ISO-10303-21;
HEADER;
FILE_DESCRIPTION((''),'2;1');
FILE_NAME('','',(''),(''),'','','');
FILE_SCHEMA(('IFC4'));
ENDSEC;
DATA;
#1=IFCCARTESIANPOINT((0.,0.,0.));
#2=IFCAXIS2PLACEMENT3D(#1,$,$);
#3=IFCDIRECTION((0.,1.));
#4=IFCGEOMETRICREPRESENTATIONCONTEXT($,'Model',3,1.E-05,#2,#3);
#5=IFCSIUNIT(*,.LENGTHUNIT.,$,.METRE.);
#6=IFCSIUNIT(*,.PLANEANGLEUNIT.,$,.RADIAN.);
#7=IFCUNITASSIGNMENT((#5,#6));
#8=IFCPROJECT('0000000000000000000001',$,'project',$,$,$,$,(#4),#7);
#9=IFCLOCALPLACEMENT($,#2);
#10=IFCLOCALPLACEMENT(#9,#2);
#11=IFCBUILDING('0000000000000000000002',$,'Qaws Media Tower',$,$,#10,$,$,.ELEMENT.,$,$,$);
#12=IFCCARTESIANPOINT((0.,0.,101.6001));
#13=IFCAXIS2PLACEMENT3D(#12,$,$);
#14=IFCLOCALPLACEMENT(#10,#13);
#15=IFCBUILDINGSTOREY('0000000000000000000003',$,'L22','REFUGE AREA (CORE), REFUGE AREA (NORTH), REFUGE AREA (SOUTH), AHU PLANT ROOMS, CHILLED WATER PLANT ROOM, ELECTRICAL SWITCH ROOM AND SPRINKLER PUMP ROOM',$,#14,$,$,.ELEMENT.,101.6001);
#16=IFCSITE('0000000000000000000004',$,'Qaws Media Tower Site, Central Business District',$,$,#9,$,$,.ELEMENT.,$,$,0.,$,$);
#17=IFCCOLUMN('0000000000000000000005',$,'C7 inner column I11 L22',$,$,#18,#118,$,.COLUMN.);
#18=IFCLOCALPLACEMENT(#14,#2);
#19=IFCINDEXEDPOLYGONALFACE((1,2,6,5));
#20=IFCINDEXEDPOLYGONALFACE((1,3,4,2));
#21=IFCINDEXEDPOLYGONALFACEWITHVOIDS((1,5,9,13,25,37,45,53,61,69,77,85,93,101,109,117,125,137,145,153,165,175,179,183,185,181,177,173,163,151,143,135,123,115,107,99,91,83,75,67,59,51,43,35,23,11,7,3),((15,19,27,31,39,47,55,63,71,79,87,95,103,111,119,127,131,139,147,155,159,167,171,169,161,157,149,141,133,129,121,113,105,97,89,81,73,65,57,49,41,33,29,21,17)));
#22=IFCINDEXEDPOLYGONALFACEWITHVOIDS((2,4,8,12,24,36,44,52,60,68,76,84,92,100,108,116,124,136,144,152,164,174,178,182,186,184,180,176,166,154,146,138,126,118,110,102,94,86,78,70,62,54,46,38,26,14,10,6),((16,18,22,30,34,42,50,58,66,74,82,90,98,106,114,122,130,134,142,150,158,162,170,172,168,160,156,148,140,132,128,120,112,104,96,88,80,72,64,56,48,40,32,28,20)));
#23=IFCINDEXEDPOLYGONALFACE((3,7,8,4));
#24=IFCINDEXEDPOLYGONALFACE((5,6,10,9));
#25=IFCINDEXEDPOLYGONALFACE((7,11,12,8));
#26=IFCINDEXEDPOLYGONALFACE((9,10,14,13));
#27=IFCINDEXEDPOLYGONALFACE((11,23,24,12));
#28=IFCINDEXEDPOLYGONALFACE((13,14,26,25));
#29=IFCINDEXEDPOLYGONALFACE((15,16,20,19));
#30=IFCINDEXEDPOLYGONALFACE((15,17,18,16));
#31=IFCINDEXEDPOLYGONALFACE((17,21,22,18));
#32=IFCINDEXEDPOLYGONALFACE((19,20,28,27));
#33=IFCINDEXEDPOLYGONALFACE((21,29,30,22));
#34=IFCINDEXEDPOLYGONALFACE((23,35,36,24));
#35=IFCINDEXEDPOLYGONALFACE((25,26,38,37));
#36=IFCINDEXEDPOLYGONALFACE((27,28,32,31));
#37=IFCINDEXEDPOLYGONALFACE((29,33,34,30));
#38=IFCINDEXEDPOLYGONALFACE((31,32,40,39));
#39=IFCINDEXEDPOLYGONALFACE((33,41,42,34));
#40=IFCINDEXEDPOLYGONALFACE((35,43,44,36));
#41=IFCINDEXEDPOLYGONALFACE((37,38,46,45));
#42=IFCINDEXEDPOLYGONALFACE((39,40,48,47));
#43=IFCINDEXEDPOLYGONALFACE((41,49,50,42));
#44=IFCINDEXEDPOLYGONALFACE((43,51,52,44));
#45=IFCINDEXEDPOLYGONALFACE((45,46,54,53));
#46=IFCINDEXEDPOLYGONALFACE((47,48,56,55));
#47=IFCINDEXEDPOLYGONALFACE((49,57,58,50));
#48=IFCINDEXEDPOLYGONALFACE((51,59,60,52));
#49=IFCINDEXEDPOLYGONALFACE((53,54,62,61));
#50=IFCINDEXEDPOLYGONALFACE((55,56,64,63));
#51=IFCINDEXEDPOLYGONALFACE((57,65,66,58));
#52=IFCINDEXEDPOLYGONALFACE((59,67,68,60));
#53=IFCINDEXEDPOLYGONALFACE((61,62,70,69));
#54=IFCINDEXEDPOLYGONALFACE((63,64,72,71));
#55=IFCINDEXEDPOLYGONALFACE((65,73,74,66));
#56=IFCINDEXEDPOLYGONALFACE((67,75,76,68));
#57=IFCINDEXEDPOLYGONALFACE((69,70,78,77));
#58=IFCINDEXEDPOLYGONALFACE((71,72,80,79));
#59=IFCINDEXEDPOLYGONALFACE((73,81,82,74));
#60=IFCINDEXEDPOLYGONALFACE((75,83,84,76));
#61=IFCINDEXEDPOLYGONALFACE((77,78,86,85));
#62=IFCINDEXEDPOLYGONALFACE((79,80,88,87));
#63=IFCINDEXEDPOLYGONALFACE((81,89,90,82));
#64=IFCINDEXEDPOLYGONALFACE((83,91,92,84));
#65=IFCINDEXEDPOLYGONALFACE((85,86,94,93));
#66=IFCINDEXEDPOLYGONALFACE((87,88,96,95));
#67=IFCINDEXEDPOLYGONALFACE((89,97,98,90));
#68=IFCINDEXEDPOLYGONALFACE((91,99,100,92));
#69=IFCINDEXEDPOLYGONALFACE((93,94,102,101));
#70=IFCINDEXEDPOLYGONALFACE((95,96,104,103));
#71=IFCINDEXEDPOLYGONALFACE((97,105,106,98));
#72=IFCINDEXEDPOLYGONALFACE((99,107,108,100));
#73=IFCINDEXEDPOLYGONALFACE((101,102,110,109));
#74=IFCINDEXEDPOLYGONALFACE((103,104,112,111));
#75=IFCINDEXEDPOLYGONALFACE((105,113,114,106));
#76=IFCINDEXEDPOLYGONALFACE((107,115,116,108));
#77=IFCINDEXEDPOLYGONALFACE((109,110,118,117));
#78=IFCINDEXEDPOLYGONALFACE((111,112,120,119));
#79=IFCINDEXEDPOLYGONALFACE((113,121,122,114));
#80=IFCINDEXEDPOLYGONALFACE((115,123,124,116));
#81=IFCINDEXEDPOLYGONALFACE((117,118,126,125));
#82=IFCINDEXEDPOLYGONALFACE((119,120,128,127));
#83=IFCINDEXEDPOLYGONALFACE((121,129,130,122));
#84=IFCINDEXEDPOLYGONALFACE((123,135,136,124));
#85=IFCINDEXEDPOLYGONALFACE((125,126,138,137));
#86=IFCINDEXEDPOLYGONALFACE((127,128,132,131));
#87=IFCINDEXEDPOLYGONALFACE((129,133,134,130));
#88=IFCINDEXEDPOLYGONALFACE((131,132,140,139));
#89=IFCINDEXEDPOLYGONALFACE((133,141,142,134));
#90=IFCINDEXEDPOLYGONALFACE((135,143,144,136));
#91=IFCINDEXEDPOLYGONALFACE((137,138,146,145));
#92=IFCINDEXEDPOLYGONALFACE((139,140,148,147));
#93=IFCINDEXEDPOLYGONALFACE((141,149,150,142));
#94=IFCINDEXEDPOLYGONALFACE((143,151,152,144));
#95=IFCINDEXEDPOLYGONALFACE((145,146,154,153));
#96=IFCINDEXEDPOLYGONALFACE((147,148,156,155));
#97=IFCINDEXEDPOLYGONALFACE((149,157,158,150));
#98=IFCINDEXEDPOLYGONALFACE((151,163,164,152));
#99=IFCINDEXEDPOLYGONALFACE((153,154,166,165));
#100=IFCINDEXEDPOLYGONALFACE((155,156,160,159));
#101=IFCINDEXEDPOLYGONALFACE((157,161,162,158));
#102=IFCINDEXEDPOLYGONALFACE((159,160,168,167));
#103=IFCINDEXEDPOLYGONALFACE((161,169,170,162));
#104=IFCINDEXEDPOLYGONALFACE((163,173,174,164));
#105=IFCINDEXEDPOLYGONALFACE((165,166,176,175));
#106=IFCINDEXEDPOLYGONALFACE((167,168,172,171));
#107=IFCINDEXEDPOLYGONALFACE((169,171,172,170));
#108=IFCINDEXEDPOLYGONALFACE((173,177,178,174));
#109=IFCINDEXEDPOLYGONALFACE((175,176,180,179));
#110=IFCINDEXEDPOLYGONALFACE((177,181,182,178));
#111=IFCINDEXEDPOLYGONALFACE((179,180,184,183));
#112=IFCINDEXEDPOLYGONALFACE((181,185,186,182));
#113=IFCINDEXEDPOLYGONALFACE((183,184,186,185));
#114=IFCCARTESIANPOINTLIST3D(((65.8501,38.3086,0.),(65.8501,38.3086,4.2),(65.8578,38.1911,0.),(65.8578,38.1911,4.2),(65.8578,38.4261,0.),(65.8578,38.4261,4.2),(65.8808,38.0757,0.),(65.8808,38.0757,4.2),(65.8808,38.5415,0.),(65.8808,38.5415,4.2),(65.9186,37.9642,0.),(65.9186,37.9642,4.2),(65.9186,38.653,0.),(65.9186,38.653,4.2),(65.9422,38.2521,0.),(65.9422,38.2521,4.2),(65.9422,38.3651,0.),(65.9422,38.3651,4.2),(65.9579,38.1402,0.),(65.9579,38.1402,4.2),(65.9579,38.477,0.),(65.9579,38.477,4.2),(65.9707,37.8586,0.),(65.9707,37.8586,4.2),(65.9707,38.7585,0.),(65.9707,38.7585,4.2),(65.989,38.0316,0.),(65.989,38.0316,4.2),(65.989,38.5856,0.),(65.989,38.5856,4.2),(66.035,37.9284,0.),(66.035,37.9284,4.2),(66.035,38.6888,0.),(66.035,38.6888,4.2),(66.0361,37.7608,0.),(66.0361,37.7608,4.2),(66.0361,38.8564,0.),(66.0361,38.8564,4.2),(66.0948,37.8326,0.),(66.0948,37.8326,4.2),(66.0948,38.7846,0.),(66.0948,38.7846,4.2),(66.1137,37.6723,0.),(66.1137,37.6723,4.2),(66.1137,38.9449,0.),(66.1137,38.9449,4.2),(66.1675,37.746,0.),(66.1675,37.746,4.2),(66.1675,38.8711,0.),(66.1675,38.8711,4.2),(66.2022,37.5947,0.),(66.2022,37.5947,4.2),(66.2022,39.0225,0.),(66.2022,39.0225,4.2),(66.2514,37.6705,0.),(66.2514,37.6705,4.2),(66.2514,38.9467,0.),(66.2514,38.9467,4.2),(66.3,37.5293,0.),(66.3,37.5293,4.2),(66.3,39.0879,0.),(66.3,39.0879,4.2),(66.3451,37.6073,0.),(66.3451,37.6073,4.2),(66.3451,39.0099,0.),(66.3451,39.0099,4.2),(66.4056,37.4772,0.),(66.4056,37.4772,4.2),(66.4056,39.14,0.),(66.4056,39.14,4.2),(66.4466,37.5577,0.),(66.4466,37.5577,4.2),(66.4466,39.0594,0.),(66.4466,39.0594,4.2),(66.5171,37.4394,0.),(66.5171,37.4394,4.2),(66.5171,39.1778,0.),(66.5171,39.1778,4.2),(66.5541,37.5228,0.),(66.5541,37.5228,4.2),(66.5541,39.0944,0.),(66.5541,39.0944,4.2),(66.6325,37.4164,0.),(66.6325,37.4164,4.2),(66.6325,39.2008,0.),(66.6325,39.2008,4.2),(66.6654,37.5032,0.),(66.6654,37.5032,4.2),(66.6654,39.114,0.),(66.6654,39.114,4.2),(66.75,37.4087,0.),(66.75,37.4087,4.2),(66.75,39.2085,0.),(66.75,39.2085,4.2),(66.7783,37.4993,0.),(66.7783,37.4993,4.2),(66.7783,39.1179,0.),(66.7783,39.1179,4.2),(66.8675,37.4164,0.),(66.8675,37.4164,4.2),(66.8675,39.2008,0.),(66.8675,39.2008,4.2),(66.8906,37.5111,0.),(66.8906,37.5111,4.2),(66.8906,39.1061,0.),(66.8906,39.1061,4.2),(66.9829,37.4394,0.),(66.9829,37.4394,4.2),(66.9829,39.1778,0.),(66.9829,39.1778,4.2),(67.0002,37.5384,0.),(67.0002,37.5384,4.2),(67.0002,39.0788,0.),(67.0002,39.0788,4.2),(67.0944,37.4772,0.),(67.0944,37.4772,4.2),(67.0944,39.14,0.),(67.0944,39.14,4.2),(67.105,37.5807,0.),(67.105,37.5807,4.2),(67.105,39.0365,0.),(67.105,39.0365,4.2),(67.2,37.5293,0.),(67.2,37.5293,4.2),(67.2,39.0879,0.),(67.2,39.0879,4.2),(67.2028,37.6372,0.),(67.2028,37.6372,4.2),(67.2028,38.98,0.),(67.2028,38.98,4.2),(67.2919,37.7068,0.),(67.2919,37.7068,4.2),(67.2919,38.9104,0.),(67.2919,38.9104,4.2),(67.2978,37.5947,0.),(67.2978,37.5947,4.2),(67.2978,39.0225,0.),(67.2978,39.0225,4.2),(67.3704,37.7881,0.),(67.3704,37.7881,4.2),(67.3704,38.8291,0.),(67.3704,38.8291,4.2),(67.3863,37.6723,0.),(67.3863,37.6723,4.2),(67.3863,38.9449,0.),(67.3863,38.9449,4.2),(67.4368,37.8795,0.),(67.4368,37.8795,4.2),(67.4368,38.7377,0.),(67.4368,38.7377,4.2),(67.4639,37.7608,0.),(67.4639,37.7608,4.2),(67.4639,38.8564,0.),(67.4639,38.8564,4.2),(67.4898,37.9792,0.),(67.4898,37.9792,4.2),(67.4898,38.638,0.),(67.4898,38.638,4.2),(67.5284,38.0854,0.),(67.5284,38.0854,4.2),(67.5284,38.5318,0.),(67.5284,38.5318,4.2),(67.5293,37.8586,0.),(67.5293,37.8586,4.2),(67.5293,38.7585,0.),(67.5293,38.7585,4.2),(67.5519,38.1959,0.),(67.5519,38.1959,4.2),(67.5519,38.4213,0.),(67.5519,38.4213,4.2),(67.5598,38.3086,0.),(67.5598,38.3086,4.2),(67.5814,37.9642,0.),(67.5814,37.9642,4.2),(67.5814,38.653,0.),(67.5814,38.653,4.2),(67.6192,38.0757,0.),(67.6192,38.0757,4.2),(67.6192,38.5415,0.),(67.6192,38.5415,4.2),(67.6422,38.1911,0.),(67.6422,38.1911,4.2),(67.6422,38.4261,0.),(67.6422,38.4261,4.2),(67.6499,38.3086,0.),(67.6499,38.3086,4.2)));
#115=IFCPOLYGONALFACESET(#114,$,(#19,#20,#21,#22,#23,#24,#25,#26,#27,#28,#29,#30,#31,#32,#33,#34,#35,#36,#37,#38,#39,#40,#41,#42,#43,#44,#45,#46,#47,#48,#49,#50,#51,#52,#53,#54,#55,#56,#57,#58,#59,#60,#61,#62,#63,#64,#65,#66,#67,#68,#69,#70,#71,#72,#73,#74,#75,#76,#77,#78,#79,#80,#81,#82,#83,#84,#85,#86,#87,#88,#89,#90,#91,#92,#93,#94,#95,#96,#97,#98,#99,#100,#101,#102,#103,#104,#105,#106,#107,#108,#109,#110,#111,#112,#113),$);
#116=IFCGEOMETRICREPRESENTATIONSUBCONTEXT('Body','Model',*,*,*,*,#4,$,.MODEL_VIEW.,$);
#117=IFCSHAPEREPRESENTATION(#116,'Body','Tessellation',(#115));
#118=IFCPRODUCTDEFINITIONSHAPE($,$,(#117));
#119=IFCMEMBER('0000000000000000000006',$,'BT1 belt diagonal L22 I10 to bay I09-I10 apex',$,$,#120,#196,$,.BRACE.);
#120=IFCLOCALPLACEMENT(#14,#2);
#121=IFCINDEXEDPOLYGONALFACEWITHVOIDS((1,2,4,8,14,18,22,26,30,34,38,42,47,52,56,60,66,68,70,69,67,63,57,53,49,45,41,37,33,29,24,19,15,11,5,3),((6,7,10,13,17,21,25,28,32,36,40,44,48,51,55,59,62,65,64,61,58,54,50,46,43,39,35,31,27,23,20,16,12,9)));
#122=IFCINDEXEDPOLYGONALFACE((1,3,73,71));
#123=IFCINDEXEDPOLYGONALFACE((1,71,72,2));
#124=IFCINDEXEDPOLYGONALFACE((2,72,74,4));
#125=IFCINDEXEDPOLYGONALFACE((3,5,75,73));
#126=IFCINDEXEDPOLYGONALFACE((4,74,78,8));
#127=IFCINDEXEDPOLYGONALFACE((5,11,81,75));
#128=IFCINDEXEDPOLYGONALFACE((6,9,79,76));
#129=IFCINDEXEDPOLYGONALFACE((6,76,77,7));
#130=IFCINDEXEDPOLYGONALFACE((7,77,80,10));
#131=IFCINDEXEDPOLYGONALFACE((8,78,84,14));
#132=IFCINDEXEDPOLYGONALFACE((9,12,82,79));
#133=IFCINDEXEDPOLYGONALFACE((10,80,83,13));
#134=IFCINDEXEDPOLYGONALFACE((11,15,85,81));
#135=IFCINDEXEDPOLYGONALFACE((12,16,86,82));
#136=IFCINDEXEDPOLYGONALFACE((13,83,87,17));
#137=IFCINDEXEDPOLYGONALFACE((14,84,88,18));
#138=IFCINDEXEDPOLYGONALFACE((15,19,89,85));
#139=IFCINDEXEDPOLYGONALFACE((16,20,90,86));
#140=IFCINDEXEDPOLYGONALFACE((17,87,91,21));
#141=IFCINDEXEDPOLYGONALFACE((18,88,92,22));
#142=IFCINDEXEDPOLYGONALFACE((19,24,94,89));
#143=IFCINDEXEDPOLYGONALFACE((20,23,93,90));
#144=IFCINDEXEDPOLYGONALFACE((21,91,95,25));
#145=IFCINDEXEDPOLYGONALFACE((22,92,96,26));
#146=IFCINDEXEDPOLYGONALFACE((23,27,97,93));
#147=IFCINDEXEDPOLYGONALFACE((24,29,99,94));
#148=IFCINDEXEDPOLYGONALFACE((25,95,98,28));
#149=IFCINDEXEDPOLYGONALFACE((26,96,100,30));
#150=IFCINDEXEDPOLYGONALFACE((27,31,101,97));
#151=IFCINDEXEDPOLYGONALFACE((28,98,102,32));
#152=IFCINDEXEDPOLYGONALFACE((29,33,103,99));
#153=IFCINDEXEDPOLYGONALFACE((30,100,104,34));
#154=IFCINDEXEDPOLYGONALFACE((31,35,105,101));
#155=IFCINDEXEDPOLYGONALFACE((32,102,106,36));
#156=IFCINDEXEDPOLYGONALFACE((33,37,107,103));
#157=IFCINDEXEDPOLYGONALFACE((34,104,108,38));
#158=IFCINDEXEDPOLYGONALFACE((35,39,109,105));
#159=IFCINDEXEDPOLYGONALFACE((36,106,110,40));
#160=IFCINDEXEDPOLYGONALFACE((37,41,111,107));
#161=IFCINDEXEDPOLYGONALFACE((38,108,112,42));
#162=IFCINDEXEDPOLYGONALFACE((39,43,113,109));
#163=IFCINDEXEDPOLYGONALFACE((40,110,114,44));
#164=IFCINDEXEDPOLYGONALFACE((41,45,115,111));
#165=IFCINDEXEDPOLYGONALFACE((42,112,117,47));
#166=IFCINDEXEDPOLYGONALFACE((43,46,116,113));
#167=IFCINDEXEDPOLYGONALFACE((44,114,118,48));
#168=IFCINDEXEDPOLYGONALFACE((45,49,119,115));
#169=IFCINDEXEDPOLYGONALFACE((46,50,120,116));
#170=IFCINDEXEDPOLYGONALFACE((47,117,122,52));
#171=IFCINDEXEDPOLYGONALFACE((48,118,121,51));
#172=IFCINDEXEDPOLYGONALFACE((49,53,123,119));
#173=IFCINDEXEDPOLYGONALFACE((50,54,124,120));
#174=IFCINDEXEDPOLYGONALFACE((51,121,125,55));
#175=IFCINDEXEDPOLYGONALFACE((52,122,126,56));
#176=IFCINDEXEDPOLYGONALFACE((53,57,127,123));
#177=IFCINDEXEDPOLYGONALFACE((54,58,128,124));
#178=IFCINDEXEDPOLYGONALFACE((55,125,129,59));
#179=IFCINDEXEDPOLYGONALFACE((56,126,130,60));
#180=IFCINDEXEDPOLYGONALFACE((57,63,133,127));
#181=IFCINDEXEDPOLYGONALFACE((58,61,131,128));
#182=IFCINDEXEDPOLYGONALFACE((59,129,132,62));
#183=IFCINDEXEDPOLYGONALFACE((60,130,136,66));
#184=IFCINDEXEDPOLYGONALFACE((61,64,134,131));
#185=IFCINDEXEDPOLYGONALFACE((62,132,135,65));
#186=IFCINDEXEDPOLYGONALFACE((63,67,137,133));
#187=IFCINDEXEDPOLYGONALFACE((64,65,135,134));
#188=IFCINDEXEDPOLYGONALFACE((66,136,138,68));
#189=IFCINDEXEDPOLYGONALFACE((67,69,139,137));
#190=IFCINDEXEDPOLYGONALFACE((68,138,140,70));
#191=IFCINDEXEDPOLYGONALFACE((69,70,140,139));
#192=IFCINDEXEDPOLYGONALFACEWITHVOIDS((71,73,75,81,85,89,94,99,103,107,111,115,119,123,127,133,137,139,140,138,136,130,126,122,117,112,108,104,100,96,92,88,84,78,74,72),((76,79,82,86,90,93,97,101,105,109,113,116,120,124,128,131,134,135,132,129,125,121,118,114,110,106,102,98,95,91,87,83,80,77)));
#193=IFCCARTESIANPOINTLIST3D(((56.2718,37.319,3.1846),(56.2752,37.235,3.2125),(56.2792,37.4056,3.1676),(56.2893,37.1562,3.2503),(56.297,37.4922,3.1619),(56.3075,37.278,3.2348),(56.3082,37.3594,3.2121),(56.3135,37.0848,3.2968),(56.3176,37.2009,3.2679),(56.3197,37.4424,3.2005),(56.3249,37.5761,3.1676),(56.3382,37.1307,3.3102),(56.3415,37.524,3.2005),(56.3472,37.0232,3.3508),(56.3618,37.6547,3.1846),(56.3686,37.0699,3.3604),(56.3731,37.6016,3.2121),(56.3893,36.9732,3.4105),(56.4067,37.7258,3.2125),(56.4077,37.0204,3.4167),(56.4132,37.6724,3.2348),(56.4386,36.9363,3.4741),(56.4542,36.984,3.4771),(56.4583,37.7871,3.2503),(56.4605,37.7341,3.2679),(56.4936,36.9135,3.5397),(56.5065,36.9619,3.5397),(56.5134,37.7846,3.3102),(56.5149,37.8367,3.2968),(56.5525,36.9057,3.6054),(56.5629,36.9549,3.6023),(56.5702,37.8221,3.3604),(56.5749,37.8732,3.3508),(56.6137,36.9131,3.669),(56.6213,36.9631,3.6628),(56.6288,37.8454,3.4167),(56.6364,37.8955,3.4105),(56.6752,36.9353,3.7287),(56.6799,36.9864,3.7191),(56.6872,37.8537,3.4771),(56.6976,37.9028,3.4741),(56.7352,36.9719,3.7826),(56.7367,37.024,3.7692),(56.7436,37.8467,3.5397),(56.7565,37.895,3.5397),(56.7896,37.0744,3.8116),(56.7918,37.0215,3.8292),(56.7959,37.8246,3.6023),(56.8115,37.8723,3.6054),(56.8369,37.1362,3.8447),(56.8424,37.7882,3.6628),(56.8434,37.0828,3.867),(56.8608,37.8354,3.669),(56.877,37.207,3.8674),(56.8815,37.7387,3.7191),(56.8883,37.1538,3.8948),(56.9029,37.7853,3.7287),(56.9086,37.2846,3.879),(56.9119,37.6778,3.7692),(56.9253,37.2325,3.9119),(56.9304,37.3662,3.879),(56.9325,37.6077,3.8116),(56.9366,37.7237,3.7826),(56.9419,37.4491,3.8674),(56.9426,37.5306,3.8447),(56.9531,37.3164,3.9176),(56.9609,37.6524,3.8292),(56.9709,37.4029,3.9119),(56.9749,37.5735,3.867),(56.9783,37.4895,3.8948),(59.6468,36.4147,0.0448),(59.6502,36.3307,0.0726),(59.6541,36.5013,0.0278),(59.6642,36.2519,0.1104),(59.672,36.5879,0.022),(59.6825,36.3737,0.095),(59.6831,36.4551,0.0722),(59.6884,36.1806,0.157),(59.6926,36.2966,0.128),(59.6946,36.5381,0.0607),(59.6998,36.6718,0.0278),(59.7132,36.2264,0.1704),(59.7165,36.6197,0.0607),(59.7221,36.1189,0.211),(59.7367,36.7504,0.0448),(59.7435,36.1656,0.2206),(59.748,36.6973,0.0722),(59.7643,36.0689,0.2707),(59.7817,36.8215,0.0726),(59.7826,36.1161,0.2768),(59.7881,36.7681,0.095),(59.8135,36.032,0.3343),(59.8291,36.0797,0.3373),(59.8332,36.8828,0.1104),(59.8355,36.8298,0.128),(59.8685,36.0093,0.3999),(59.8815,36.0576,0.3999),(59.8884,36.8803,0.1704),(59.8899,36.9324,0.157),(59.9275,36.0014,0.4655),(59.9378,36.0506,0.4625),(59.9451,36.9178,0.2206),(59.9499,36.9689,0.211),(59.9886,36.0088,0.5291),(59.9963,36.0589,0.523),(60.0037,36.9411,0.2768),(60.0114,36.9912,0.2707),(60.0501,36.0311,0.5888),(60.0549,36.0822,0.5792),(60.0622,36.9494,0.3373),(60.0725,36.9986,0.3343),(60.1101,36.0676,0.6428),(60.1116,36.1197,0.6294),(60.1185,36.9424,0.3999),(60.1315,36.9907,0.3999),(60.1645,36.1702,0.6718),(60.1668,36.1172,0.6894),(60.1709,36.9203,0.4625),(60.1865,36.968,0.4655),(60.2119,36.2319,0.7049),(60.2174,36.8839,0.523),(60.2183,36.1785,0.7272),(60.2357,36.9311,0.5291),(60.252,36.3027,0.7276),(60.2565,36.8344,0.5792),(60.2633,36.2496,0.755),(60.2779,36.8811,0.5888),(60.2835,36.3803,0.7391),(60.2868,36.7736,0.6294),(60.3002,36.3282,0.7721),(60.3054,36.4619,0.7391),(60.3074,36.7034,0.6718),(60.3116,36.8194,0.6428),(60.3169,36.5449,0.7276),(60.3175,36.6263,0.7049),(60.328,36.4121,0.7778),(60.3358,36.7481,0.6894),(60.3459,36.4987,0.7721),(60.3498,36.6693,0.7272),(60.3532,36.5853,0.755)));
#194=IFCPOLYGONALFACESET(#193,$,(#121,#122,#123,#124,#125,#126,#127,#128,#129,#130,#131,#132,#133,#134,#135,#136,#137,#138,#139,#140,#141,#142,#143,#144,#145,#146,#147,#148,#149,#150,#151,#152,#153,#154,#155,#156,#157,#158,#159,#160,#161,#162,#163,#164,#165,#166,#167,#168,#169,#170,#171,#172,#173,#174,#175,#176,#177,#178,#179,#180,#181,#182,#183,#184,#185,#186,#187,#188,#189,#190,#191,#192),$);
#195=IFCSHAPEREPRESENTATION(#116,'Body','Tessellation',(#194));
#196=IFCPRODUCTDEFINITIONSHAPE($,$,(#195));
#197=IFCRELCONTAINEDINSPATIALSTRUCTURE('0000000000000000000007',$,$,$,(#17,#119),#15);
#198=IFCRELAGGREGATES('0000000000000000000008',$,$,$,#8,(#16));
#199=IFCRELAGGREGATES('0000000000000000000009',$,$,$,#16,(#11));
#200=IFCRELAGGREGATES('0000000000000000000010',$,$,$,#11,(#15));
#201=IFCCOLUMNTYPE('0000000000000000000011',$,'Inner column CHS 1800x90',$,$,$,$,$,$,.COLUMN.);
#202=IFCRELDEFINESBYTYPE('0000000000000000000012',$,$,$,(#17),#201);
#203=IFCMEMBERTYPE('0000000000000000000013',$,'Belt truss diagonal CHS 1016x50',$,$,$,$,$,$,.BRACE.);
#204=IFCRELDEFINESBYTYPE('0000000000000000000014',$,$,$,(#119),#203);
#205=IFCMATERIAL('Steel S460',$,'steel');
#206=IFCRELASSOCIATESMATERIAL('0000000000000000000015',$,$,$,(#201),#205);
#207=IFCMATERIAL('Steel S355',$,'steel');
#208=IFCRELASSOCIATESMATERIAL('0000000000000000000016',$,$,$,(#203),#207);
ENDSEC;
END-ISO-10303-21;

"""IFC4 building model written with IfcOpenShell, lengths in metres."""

from ifc_helpers import new_model, si_unit, direction, frame, origin, origin_2d, place, context, subcontext, project, spatial, hollow_circle, extrude, material, material_profile, profile_set, type_object, element, save


model = new_model("IFC4")

# Units and contexts
model_context = context("Model", 3, precision=1e-05, world=origin(), true_north=direction((0.0, 1.0)))
body_context = subcontext(model_context, "Body", "Model", "MODEL_VIEW")
ifc_project = project(units=[si_unit("LENGTHUNIT", "METRE"), si_unit("PLANEANGLEUNIT", "RADIAN")], contexts=[model_context])

# Site, building, storey
site_placement = place(None, origin())
site = spatial("IfcSite", under=ifc_project, at=site_placement, Name="Qaws Media Tower Site, Central Business District", CompositionType="ELEMENT", RefElevation=0.0)
building_placement = place(site_placement, origin())
building = spatial("IfcBuilding", under=site, at=building_placement, Name="Qaws Media Tower", CompositionType="ELEMENT")
storey_placement = place(building_placement, frame((0.0, 0.0, 101.6001)))
storey = spatial("IfcBuildingStorey", under=building, at=storey_placement, Name="L22", Description="REFUGE AREA (CORE), REFUGE AREA (NORTH), REFUGE AREA (SOUTH), AHU PLANT ROOMS, CHILLED WATER PLANT ROOM, ELECTRICAL SWITCH ROOM AND SPRINKLER PUMP ROOM", CompositionType="ELEMENT", Elevation=101.6001)

# Column
ifc_material_1 = material(Name="Steel S460", Category="steel")
ifc_material_profile_1 = material_profile(ifc_material_1, hollow_circle(Radius=0.8999, WallThickness=0.0901, at=origin_2d()), Name="CHS 1800x90")
ifc_profile_set_1 = profile_set([ifc_material_profile_1], Name="Steel S460")
column_type = type_object("IfcColumnType", Name="Inner column CHS 1800x90", PredefinedType="COLUMN", material=ifc_profile_set_1)
for number, where, z_axis, x_axis, name in (
    (1, (66.75, 38.3086, 0.0), (0.0, 0.0, 1.0), (1.0, 0.0, 0.0), "C7 inner column I11 L22"),
):
    element("IfcColumn", number, at=place(storey_placement, frame(where, z_axis=z_axis, x_axis=x_axis)), inside=storey, type_object=column_type, Name=name, PredefinedType="COLUMN", context=body_context, shape_type="SweptSolid", body=[
        extrude(hollow_circle(Radius=0.8999, WallThickness=0.0901, at=origin_2d()), origin(), (0.0, 0.0, 1.0), 4.2),
    ])

# Member
ifc_material_2 = material(Name="Steel S355", Category="steel")
ifc_material_profile_2 = material_profile(ifc_material_2, hollow_circle(Radius=0.5081, WallThickness=0.05, at=origin_2d()), Name="CHS 1016x50")
ifc_profile_set_2 = profile_set([ifc_material_profile_2], Name="Steel S355")
member_type_1 = type_object("IfcMemberType", Name="Belt truss diagonal CHS 1016x50", PredefinedType="BRACE", material=ifc_profile_set_2)
for number, where, z_axis, x_axis, name in (
    (2, (60.0, 36.5, 0.3999), (-0.718454, 0.192503, 0.668406), (-0.258811, -0.965928, 0.0), "BT1 belt diagonal L22 I10 to bay I09-I10 apex"),
):
    element("IfcMember", number, at=place(storey_placement, frame(where, z_axis=z_axis, x_axis=x_axis)), inside=storey, type_object=member_type_1, Name=name, PredefinedType="BRACE", context=body_context, shape_type="SweptSolid", body=[
        extrude(hollow_circle(Radius=0.5081, WallThickness=0.05, at=origin_2d()), origin(), (0.0, 0.0, 1.0), 4.6975),
    ])

save(model, "model.ifc")
